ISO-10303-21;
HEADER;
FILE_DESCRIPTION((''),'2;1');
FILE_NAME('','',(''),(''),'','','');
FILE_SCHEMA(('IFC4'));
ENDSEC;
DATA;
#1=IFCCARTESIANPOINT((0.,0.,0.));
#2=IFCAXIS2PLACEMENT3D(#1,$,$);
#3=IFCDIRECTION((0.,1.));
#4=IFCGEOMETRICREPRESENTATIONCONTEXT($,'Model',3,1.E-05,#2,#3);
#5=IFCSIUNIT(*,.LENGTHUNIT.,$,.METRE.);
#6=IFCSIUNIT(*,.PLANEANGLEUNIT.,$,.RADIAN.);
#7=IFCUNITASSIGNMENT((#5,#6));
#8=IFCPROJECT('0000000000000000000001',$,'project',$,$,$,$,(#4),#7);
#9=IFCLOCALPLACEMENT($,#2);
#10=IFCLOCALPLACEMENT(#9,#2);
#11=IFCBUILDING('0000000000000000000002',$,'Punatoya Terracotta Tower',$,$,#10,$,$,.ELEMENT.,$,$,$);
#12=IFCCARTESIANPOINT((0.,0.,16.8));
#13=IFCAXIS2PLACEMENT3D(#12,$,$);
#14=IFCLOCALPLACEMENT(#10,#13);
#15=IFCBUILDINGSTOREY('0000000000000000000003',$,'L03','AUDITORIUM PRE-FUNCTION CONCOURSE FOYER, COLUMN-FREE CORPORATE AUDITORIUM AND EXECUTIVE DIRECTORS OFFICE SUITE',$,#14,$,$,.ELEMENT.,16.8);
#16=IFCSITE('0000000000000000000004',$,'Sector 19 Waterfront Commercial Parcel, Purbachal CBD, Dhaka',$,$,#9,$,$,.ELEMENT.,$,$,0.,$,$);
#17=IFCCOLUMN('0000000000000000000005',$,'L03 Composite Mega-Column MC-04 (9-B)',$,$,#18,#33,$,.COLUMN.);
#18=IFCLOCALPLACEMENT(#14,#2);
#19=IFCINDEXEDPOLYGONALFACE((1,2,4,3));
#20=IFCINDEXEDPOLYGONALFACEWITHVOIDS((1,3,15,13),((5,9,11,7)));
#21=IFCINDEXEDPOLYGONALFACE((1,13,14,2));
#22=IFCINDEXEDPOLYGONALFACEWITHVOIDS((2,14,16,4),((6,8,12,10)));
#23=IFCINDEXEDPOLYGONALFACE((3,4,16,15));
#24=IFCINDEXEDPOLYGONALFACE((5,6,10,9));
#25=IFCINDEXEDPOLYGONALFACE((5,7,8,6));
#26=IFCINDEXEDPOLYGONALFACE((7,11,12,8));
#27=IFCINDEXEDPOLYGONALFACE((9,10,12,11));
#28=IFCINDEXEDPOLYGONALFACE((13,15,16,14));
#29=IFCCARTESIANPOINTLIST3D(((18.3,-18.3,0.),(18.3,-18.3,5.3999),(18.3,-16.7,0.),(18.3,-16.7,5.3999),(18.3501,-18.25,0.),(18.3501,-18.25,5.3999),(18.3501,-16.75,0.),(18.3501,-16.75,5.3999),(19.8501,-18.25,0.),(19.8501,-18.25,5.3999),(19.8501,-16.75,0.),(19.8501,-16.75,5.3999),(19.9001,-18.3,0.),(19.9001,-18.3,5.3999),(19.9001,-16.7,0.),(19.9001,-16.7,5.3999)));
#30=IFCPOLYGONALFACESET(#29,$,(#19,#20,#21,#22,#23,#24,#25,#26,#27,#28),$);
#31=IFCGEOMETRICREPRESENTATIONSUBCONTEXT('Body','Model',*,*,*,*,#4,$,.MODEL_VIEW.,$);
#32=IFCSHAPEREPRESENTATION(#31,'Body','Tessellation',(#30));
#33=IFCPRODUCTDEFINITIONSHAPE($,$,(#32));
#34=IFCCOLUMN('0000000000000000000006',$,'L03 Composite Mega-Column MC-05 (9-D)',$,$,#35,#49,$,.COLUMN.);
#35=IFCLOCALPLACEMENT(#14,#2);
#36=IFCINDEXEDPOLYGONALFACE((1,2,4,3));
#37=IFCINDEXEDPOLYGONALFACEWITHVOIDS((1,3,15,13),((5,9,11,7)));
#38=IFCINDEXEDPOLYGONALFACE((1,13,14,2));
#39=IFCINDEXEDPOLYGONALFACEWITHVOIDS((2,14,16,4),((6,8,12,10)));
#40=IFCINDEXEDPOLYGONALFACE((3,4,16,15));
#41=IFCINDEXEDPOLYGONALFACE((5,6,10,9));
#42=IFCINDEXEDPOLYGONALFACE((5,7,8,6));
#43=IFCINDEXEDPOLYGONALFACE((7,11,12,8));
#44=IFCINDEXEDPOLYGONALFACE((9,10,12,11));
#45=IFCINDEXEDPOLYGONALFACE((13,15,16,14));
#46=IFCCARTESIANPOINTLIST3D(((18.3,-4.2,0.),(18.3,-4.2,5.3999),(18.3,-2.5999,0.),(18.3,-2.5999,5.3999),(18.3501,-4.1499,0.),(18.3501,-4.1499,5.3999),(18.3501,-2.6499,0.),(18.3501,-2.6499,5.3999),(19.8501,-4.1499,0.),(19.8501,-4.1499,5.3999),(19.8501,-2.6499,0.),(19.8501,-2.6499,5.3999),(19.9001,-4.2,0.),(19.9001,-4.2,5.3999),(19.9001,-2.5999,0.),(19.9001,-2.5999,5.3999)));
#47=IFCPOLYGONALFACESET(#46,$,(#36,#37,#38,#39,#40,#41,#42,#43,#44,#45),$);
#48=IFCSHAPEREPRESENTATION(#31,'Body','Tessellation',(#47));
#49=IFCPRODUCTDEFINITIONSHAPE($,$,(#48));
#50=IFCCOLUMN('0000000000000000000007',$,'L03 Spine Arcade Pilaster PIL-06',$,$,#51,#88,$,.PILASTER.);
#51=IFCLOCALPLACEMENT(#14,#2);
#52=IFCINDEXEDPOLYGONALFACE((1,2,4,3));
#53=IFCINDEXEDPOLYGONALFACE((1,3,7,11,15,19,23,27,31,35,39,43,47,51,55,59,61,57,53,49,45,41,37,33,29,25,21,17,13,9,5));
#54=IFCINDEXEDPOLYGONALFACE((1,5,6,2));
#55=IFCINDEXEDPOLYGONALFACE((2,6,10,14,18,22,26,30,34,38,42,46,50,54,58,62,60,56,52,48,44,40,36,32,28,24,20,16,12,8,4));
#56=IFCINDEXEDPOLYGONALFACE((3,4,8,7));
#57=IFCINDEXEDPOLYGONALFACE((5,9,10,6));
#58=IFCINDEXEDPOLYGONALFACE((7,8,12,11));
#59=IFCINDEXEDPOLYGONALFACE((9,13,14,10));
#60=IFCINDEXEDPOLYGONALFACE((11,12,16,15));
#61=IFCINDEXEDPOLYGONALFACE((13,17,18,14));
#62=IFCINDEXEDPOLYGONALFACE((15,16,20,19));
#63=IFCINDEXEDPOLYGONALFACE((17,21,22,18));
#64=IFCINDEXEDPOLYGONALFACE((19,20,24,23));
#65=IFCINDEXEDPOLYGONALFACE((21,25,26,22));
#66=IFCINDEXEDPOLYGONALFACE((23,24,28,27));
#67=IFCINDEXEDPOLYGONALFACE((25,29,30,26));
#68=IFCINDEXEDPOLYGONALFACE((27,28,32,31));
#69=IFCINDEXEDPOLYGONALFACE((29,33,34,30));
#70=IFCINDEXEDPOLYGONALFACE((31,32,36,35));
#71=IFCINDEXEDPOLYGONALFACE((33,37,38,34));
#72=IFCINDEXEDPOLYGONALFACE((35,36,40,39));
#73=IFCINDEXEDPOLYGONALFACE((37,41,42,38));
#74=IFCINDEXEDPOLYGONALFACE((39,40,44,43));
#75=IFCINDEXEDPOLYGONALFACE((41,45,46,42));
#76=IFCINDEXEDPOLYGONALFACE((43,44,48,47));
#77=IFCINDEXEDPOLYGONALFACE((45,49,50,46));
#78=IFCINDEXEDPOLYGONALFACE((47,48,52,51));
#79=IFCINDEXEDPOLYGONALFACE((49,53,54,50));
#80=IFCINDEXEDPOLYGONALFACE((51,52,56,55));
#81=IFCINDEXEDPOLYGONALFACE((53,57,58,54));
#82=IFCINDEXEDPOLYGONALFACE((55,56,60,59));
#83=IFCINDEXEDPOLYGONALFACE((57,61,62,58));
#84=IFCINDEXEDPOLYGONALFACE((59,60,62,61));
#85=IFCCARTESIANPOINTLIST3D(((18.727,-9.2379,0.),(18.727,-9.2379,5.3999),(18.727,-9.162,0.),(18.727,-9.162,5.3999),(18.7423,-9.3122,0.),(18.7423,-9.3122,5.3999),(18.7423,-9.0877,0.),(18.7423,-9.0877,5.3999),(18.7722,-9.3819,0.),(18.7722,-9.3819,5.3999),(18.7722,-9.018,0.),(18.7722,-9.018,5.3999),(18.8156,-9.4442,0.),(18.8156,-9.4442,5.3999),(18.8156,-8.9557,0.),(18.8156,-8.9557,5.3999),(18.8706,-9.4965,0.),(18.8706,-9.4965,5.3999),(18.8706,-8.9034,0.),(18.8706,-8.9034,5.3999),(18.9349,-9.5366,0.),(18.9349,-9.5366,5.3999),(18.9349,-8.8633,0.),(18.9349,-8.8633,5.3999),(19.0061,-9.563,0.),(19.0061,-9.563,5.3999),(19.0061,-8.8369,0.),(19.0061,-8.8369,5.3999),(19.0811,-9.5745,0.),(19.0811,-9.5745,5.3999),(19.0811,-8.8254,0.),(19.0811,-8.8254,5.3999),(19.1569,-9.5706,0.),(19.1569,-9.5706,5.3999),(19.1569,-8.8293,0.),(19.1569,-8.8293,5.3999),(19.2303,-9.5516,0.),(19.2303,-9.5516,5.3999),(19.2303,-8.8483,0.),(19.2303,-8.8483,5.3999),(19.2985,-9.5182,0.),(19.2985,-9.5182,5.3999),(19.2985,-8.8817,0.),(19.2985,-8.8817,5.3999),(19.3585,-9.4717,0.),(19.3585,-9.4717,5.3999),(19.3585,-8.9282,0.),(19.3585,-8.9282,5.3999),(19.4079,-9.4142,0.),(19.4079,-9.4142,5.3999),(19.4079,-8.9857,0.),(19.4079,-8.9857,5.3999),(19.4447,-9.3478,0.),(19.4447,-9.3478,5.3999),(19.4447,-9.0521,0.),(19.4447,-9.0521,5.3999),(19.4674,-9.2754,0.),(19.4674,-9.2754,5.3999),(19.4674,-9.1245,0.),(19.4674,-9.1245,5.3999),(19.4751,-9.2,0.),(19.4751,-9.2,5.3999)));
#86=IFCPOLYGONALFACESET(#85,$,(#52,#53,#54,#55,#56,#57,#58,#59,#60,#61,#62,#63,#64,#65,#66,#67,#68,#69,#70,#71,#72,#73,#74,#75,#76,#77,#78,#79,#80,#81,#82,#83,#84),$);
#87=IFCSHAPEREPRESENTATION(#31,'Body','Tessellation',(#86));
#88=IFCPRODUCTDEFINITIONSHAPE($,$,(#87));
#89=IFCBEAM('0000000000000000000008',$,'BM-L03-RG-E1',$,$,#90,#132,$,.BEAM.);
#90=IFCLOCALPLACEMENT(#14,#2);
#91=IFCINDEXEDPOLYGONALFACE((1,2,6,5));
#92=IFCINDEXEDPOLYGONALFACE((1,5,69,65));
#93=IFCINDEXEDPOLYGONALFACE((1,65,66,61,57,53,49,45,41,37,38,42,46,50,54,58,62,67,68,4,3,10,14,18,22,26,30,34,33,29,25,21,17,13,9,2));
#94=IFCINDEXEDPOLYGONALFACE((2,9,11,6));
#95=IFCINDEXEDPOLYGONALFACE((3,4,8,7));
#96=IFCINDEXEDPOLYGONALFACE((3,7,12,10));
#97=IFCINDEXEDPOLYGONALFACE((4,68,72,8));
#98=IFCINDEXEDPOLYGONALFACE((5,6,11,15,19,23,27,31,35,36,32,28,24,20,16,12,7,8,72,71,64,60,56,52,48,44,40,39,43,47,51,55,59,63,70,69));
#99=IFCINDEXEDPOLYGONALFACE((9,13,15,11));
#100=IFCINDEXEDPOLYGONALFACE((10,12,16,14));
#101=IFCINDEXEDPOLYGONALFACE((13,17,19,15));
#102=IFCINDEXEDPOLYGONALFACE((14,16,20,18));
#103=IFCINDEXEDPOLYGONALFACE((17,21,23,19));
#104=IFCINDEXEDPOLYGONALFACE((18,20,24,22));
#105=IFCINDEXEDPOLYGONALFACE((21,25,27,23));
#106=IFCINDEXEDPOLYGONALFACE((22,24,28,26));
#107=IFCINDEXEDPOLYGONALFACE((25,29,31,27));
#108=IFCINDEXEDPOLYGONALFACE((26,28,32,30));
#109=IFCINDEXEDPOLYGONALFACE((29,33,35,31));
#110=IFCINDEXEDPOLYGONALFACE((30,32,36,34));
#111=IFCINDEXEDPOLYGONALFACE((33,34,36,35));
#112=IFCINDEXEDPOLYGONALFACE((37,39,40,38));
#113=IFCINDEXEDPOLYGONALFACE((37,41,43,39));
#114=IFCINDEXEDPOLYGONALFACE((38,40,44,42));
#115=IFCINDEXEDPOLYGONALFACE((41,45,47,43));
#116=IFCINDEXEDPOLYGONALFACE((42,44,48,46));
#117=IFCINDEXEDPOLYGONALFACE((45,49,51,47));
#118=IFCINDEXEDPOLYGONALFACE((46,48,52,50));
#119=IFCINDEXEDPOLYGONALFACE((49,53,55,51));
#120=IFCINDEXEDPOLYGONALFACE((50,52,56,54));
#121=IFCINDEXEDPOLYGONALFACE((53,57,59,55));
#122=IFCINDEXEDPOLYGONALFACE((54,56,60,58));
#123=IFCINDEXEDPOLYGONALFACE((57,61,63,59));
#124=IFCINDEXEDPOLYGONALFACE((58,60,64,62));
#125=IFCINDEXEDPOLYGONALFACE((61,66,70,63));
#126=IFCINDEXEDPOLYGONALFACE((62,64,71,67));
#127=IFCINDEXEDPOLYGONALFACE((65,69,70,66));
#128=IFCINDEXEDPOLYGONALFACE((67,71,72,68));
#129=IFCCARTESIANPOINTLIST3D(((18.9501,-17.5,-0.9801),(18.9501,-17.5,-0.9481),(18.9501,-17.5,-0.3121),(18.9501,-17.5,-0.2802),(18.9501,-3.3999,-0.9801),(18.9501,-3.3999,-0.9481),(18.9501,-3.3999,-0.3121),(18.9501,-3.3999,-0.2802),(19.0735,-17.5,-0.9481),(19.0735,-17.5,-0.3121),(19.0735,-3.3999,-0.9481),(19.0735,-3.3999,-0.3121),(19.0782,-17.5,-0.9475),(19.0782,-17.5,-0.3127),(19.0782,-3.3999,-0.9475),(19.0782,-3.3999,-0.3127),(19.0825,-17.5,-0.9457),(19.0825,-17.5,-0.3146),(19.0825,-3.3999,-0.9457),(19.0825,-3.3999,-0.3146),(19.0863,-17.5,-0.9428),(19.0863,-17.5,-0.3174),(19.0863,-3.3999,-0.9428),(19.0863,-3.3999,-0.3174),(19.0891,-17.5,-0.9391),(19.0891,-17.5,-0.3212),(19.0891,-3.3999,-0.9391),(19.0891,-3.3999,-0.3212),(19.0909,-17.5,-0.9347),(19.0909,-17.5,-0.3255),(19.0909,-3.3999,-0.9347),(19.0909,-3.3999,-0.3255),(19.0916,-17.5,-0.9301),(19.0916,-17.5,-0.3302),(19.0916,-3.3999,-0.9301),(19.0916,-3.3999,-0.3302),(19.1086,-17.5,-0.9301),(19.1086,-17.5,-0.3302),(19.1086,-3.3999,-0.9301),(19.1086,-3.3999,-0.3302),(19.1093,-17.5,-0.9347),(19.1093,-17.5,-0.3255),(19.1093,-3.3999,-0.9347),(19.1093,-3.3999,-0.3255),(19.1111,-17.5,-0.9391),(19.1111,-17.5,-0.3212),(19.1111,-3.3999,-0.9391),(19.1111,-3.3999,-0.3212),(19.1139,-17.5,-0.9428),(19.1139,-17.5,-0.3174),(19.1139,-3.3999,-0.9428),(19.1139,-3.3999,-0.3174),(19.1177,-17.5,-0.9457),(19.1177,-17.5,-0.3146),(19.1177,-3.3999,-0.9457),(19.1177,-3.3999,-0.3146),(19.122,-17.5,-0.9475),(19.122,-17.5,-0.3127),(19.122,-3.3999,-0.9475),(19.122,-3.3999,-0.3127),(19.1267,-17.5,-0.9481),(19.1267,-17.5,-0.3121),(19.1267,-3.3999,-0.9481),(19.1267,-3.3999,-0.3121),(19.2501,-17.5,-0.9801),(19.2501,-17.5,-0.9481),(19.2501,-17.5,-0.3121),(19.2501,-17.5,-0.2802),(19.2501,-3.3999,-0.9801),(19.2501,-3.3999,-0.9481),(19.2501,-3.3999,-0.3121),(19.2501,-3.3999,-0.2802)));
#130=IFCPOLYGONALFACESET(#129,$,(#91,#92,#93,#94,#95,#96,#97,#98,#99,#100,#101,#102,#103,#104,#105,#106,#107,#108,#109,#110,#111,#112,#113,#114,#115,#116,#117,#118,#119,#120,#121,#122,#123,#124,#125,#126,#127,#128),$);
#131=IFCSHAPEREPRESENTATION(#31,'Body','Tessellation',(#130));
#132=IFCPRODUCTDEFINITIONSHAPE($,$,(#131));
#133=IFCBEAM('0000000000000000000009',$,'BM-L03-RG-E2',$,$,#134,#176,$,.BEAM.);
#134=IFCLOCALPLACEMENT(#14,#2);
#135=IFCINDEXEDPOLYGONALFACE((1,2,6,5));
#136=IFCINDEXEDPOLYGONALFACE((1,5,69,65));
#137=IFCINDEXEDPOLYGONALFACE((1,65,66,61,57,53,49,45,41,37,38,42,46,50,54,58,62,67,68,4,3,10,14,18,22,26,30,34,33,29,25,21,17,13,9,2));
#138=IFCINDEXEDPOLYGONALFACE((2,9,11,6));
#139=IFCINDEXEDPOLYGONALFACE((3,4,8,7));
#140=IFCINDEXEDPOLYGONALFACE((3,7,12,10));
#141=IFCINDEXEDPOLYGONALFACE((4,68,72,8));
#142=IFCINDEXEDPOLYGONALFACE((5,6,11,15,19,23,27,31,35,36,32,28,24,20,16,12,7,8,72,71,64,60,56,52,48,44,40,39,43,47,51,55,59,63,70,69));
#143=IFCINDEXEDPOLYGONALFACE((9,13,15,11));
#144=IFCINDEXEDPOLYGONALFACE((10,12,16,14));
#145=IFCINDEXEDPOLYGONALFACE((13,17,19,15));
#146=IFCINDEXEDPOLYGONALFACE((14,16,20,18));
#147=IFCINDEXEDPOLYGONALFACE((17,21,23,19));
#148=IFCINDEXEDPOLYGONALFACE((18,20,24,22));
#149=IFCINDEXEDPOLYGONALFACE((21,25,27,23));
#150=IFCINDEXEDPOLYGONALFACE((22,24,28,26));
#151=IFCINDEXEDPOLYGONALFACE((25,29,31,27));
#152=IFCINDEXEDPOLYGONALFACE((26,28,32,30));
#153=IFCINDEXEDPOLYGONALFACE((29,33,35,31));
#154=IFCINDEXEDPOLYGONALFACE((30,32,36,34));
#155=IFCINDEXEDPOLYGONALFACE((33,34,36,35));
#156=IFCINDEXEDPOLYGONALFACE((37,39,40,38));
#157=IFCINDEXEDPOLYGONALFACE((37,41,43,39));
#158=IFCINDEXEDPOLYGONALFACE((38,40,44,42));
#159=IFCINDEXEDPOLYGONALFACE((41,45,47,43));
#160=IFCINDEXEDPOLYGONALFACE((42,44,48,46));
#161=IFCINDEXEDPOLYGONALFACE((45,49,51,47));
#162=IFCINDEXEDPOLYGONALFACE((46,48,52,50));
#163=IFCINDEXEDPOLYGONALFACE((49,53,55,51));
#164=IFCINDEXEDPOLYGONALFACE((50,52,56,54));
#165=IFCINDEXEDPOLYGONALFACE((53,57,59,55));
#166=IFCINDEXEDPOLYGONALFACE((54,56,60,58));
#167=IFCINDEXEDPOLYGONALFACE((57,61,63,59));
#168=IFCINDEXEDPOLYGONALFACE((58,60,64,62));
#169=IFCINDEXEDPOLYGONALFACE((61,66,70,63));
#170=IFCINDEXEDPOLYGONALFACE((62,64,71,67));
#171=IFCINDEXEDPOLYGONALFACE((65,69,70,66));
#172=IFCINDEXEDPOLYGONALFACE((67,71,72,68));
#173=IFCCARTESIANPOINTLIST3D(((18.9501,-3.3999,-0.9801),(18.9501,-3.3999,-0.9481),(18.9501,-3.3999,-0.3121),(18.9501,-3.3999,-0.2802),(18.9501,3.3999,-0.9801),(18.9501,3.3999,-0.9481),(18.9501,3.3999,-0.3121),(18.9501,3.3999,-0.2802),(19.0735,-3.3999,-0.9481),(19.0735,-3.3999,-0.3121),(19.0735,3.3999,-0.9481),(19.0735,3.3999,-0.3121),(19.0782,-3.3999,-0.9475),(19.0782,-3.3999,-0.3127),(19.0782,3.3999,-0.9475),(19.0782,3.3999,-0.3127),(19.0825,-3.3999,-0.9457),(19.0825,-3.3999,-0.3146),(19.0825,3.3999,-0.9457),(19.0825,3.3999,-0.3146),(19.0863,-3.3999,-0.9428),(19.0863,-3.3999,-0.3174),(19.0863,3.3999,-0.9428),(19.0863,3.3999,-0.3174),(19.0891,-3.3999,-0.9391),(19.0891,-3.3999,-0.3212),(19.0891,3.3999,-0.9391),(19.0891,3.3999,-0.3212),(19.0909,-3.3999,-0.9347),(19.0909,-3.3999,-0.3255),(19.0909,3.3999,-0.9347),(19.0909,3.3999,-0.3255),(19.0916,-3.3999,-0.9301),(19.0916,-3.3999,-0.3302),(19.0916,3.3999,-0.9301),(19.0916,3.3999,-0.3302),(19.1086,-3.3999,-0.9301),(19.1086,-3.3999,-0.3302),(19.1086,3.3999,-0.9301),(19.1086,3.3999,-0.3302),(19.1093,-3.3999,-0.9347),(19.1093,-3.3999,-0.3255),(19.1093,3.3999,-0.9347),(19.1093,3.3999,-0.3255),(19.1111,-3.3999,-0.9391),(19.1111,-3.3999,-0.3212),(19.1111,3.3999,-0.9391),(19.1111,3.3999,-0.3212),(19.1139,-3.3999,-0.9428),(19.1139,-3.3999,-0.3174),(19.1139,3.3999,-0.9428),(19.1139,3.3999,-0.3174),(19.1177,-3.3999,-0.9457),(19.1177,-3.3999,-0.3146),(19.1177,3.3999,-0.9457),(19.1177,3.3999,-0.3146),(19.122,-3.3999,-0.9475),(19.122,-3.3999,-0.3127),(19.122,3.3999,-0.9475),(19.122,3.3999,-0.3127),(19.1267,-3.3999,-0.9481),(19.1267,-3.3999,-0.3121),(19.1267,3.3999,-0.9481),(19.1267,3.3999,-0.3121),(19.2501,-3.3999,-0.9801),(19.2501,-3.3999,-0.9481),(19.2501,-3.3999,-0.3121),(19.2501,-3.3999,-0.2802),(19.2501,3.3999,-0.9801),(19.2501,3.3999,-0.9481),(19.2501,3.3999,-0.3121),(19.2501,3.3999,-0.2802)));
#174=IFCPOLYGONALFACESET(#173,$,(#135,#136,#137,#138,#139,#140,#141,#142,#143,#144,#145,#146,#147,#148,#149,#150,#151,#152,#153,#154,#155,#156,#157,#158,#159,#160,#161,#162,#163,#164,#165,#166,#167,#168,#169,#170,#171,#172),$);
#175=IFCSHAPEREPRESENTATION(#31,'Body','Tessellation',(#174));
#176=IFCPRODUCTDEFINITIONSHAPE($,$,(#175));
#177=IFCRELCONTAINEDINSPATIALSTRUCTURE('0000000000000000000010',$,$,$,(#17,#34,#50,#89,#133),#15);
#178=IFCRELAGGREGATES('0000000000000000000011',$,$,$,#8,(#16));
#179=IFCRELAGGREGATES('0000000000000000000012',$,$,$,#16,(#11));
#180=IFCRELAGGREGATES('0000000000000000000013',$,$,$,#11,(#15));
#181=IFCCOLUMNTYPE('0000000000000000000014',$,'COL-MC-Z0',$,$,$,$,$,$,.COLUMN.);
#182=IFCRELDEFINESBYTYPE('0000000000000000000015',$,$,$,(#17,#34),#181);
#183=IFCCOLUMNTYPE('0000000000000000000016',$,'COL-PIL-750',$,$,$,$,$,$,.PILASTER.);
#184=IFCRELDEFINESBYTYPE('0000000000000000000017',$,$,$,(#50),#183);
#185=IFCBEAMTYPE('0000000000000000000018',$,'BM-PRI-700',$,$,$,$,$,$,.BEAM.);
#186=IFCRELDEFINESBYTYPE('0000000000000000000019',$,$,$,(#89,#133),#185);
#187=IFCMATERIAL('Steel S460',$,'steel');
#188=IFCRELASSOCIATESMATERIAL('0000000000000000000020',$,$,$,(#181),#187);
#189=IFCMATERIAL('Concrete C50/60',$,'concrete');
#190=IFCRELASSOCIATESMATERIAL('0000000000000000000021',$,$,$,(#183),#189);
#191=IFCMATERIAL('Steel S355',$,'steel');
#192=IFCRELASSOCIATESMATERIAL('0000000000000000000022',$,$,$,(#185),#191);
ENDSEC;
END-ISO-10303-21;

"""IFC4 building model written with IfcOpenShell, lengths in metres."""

from ifc_helpers import new_model, si_unit, direction, frame, origin, origin_2d, place, context, subcontext, project, spatial, hollow_rectangle, circle, i_section, extrude, material, material_profile, profile_set, type_object, element, save


model = new_model("IFC4")

# Units and contexts
model_context = context("Model", 3, precision=1e-05, world=origin(), true_north=direction((0.0, 1.0)))
body_context = subcontext(model_context, "Body", "Model", "MODEL_VIEW")
ifc_project = project(units=[si_unit("LENGTHUNIT", "METRE"), si_unit("PLANEANGLEUNIT", "RADIAN")], contexts=[model_context])

# Site, building, storey
site_placement = place(None, origin())
site = spatial("IfcSite", under=ifc_project, at=site_placement, Name="Sector 19 Waterfront Commercial Parcel, Purbachal CBD, Dhaka", CompositionType="ELEMENT", RefElevation=0.0)
building_placement = place(site_placement, origin())
building = spatial("IfcBuilding", under=site, at=building_placement, Name="Punatoya Terracotta Tower", CompositionType="ELEMENT")
storey_placement = place(building_placement, frame((0.0, 0.0, 16.8)))
storey = spatial("IfcBuildingStorey", under=building, at=storey_placement, Name="L03", Description="AUDITORIUM PRE-FUNCTION CONCOURSE FOYER, COLUMN-FREE CORPORATE AUDITORIUM AND EXECUTIVE DIRECTORS OFFICE SUITE", CompositionType="ELEMENT", Elevation=16.8)

# Columns
ifc_material_1 = material(Name="Steel S460", Category="steel")
ifc_material_profile_1 = material_profile(ifc_material_1, hollow_rectangle(XDim=1.6001, YDim=1.6001, WallThickness=0.05, at=origin_2d()))
ifc_profile_set_1 = profile_set([ifc_material_profile_1], Name="Steel S460")
column_type_1 = type_object("IfcColumnType", Name="COL-MC-Z0", PredefinedType="COLUMN", material=ifc_profile_set_1)
for number, where, z_axis, x_axis, name in (
    (1, (19.1001, -17.5, 0.0), (0.0, 0.0, 1.0), (1.0, 0.0, 0.0), "L03 Composite Mega-Column MC-04 (9-B)"),
    (2, (19.1001, -3.3999, 0.0), (0.0, 0.0, 1.0), (1.0, 0.0, 0.0), "L03 Composite Mega-Column MC-05 (9-D)"),
):
    element("IfcColumn", number, at=place(storey_placement, frame(where, z_axis=z_axis, x_axis=x_axis)), inside=storey, type_object=column_type_1, Name=name, PredefinedType="COLUMN", context=body_context, shape_type="SweptSolid", body=[
        extrude(hollow_rectangle(XDim=1.6001, YDim=1.6001, WallThickness=0.05, at=origin_2d()), origin(), (0.0, 0.0, 1.0), 5.3999),
    ])
ifc_material_2 = material(Name="Concrete C50/60", Category="concrete")
ifc_material_profile_2 = material_profile(ifc_material_2, circle(Radius=0.375, at=origin_2d()))
ifc_profile_set_2 = profile_set([ifc_material_profile_2], Name="Concrete C50/60")
column_type_2 = type_object("IfcColumnType", Name="COL-PIL-750", PredefinedType="PILASTER", material=ifc_profile_set_2)
column_placement = place(storey_placement, frame((19.1001, -9.2, 0.0), z_axis=(0.0, 0.0, 1.0), x_axis=(1.0, 0.0, 0.0)))
element("IfcColumn", 3, at=column_placement, inside=storey, type_object=column_type_2, Name="L03 Spine Arcade Pilaster PIL-06", PredefinedType="PILASTER", context=body_context, shape_type="SweptSolid", body=[
    extrude(circle(Radius=0.375, at=origin_2d()), origin(), (0.0, 0.0, 1.0), 5.3999),
])

# Beams
ifc_material_3 = material(Name="Steel S355", Category="steel")
ifc_material_profile_3 = material_profile(ifc_material_3, i_section(OverallWidth=0.3, OverallDepth=0.7, WebThickness=0.0171, FlangeThickness=0.032, FilletRadius=0.0181, at=origin_2d()))
ifc_profile_set_3 = profile_set([ifc_material_profile_3], Name="Steel S355")
beam_type_1 = type_object("IfcBeamType", Name="BM-PRI-700", PredefinedType="BEAM", material=ifc_profile_set_3)
beam_1_placement = place(storey_placement, frame((19.1001, -17.5, -0.6301), z_axis=(0.0, 1.0, 0.0), x_axis=(-1.0, 0.0, 0.0)))
element("IfcBeam", 4, at=beam_1_placement, inside=storey, type_object=beam_type_1, Name="BM-L03-RG-E1", PredefinedType="BEAM", context=body_context, shape_type="SweptSolid", body=[
    extrude(i_section(OverallWidth=0.3, OverallDepth=0.7, WebThickness=0.0171, FlangeThickness=0.032, FilletRadius=0.0181, at=origin_2d()), origin(), (0.0, 0.0, 1.0), 14.1001),
])
beam_2_placement = place(storey_placement, frame((19.1001, -3.3999, -0.6301), z_axis=(0.0, 1.0, 0.0), x_axis=(-1.0, 0.0, 0.0)))
element("IfcBeam", 5, at=beam_2_placement, inside=storey, type_object=beam_type_1, Name="BM-L03-RG-E2", PredefinedType="BEAM", context=body_context, shape_type="SweptSolid", body=[
    extrude(i_section(OverallWidth=0.3, OverallDepth=0.7, WebThickness=0.0171, FlangeThickness=0.032, FilletRadius=0.0181, at=origin_2d()), origin(), (0.0, 0.0, 1.0), 6.7998),
])

save(model, "model.ifc")
